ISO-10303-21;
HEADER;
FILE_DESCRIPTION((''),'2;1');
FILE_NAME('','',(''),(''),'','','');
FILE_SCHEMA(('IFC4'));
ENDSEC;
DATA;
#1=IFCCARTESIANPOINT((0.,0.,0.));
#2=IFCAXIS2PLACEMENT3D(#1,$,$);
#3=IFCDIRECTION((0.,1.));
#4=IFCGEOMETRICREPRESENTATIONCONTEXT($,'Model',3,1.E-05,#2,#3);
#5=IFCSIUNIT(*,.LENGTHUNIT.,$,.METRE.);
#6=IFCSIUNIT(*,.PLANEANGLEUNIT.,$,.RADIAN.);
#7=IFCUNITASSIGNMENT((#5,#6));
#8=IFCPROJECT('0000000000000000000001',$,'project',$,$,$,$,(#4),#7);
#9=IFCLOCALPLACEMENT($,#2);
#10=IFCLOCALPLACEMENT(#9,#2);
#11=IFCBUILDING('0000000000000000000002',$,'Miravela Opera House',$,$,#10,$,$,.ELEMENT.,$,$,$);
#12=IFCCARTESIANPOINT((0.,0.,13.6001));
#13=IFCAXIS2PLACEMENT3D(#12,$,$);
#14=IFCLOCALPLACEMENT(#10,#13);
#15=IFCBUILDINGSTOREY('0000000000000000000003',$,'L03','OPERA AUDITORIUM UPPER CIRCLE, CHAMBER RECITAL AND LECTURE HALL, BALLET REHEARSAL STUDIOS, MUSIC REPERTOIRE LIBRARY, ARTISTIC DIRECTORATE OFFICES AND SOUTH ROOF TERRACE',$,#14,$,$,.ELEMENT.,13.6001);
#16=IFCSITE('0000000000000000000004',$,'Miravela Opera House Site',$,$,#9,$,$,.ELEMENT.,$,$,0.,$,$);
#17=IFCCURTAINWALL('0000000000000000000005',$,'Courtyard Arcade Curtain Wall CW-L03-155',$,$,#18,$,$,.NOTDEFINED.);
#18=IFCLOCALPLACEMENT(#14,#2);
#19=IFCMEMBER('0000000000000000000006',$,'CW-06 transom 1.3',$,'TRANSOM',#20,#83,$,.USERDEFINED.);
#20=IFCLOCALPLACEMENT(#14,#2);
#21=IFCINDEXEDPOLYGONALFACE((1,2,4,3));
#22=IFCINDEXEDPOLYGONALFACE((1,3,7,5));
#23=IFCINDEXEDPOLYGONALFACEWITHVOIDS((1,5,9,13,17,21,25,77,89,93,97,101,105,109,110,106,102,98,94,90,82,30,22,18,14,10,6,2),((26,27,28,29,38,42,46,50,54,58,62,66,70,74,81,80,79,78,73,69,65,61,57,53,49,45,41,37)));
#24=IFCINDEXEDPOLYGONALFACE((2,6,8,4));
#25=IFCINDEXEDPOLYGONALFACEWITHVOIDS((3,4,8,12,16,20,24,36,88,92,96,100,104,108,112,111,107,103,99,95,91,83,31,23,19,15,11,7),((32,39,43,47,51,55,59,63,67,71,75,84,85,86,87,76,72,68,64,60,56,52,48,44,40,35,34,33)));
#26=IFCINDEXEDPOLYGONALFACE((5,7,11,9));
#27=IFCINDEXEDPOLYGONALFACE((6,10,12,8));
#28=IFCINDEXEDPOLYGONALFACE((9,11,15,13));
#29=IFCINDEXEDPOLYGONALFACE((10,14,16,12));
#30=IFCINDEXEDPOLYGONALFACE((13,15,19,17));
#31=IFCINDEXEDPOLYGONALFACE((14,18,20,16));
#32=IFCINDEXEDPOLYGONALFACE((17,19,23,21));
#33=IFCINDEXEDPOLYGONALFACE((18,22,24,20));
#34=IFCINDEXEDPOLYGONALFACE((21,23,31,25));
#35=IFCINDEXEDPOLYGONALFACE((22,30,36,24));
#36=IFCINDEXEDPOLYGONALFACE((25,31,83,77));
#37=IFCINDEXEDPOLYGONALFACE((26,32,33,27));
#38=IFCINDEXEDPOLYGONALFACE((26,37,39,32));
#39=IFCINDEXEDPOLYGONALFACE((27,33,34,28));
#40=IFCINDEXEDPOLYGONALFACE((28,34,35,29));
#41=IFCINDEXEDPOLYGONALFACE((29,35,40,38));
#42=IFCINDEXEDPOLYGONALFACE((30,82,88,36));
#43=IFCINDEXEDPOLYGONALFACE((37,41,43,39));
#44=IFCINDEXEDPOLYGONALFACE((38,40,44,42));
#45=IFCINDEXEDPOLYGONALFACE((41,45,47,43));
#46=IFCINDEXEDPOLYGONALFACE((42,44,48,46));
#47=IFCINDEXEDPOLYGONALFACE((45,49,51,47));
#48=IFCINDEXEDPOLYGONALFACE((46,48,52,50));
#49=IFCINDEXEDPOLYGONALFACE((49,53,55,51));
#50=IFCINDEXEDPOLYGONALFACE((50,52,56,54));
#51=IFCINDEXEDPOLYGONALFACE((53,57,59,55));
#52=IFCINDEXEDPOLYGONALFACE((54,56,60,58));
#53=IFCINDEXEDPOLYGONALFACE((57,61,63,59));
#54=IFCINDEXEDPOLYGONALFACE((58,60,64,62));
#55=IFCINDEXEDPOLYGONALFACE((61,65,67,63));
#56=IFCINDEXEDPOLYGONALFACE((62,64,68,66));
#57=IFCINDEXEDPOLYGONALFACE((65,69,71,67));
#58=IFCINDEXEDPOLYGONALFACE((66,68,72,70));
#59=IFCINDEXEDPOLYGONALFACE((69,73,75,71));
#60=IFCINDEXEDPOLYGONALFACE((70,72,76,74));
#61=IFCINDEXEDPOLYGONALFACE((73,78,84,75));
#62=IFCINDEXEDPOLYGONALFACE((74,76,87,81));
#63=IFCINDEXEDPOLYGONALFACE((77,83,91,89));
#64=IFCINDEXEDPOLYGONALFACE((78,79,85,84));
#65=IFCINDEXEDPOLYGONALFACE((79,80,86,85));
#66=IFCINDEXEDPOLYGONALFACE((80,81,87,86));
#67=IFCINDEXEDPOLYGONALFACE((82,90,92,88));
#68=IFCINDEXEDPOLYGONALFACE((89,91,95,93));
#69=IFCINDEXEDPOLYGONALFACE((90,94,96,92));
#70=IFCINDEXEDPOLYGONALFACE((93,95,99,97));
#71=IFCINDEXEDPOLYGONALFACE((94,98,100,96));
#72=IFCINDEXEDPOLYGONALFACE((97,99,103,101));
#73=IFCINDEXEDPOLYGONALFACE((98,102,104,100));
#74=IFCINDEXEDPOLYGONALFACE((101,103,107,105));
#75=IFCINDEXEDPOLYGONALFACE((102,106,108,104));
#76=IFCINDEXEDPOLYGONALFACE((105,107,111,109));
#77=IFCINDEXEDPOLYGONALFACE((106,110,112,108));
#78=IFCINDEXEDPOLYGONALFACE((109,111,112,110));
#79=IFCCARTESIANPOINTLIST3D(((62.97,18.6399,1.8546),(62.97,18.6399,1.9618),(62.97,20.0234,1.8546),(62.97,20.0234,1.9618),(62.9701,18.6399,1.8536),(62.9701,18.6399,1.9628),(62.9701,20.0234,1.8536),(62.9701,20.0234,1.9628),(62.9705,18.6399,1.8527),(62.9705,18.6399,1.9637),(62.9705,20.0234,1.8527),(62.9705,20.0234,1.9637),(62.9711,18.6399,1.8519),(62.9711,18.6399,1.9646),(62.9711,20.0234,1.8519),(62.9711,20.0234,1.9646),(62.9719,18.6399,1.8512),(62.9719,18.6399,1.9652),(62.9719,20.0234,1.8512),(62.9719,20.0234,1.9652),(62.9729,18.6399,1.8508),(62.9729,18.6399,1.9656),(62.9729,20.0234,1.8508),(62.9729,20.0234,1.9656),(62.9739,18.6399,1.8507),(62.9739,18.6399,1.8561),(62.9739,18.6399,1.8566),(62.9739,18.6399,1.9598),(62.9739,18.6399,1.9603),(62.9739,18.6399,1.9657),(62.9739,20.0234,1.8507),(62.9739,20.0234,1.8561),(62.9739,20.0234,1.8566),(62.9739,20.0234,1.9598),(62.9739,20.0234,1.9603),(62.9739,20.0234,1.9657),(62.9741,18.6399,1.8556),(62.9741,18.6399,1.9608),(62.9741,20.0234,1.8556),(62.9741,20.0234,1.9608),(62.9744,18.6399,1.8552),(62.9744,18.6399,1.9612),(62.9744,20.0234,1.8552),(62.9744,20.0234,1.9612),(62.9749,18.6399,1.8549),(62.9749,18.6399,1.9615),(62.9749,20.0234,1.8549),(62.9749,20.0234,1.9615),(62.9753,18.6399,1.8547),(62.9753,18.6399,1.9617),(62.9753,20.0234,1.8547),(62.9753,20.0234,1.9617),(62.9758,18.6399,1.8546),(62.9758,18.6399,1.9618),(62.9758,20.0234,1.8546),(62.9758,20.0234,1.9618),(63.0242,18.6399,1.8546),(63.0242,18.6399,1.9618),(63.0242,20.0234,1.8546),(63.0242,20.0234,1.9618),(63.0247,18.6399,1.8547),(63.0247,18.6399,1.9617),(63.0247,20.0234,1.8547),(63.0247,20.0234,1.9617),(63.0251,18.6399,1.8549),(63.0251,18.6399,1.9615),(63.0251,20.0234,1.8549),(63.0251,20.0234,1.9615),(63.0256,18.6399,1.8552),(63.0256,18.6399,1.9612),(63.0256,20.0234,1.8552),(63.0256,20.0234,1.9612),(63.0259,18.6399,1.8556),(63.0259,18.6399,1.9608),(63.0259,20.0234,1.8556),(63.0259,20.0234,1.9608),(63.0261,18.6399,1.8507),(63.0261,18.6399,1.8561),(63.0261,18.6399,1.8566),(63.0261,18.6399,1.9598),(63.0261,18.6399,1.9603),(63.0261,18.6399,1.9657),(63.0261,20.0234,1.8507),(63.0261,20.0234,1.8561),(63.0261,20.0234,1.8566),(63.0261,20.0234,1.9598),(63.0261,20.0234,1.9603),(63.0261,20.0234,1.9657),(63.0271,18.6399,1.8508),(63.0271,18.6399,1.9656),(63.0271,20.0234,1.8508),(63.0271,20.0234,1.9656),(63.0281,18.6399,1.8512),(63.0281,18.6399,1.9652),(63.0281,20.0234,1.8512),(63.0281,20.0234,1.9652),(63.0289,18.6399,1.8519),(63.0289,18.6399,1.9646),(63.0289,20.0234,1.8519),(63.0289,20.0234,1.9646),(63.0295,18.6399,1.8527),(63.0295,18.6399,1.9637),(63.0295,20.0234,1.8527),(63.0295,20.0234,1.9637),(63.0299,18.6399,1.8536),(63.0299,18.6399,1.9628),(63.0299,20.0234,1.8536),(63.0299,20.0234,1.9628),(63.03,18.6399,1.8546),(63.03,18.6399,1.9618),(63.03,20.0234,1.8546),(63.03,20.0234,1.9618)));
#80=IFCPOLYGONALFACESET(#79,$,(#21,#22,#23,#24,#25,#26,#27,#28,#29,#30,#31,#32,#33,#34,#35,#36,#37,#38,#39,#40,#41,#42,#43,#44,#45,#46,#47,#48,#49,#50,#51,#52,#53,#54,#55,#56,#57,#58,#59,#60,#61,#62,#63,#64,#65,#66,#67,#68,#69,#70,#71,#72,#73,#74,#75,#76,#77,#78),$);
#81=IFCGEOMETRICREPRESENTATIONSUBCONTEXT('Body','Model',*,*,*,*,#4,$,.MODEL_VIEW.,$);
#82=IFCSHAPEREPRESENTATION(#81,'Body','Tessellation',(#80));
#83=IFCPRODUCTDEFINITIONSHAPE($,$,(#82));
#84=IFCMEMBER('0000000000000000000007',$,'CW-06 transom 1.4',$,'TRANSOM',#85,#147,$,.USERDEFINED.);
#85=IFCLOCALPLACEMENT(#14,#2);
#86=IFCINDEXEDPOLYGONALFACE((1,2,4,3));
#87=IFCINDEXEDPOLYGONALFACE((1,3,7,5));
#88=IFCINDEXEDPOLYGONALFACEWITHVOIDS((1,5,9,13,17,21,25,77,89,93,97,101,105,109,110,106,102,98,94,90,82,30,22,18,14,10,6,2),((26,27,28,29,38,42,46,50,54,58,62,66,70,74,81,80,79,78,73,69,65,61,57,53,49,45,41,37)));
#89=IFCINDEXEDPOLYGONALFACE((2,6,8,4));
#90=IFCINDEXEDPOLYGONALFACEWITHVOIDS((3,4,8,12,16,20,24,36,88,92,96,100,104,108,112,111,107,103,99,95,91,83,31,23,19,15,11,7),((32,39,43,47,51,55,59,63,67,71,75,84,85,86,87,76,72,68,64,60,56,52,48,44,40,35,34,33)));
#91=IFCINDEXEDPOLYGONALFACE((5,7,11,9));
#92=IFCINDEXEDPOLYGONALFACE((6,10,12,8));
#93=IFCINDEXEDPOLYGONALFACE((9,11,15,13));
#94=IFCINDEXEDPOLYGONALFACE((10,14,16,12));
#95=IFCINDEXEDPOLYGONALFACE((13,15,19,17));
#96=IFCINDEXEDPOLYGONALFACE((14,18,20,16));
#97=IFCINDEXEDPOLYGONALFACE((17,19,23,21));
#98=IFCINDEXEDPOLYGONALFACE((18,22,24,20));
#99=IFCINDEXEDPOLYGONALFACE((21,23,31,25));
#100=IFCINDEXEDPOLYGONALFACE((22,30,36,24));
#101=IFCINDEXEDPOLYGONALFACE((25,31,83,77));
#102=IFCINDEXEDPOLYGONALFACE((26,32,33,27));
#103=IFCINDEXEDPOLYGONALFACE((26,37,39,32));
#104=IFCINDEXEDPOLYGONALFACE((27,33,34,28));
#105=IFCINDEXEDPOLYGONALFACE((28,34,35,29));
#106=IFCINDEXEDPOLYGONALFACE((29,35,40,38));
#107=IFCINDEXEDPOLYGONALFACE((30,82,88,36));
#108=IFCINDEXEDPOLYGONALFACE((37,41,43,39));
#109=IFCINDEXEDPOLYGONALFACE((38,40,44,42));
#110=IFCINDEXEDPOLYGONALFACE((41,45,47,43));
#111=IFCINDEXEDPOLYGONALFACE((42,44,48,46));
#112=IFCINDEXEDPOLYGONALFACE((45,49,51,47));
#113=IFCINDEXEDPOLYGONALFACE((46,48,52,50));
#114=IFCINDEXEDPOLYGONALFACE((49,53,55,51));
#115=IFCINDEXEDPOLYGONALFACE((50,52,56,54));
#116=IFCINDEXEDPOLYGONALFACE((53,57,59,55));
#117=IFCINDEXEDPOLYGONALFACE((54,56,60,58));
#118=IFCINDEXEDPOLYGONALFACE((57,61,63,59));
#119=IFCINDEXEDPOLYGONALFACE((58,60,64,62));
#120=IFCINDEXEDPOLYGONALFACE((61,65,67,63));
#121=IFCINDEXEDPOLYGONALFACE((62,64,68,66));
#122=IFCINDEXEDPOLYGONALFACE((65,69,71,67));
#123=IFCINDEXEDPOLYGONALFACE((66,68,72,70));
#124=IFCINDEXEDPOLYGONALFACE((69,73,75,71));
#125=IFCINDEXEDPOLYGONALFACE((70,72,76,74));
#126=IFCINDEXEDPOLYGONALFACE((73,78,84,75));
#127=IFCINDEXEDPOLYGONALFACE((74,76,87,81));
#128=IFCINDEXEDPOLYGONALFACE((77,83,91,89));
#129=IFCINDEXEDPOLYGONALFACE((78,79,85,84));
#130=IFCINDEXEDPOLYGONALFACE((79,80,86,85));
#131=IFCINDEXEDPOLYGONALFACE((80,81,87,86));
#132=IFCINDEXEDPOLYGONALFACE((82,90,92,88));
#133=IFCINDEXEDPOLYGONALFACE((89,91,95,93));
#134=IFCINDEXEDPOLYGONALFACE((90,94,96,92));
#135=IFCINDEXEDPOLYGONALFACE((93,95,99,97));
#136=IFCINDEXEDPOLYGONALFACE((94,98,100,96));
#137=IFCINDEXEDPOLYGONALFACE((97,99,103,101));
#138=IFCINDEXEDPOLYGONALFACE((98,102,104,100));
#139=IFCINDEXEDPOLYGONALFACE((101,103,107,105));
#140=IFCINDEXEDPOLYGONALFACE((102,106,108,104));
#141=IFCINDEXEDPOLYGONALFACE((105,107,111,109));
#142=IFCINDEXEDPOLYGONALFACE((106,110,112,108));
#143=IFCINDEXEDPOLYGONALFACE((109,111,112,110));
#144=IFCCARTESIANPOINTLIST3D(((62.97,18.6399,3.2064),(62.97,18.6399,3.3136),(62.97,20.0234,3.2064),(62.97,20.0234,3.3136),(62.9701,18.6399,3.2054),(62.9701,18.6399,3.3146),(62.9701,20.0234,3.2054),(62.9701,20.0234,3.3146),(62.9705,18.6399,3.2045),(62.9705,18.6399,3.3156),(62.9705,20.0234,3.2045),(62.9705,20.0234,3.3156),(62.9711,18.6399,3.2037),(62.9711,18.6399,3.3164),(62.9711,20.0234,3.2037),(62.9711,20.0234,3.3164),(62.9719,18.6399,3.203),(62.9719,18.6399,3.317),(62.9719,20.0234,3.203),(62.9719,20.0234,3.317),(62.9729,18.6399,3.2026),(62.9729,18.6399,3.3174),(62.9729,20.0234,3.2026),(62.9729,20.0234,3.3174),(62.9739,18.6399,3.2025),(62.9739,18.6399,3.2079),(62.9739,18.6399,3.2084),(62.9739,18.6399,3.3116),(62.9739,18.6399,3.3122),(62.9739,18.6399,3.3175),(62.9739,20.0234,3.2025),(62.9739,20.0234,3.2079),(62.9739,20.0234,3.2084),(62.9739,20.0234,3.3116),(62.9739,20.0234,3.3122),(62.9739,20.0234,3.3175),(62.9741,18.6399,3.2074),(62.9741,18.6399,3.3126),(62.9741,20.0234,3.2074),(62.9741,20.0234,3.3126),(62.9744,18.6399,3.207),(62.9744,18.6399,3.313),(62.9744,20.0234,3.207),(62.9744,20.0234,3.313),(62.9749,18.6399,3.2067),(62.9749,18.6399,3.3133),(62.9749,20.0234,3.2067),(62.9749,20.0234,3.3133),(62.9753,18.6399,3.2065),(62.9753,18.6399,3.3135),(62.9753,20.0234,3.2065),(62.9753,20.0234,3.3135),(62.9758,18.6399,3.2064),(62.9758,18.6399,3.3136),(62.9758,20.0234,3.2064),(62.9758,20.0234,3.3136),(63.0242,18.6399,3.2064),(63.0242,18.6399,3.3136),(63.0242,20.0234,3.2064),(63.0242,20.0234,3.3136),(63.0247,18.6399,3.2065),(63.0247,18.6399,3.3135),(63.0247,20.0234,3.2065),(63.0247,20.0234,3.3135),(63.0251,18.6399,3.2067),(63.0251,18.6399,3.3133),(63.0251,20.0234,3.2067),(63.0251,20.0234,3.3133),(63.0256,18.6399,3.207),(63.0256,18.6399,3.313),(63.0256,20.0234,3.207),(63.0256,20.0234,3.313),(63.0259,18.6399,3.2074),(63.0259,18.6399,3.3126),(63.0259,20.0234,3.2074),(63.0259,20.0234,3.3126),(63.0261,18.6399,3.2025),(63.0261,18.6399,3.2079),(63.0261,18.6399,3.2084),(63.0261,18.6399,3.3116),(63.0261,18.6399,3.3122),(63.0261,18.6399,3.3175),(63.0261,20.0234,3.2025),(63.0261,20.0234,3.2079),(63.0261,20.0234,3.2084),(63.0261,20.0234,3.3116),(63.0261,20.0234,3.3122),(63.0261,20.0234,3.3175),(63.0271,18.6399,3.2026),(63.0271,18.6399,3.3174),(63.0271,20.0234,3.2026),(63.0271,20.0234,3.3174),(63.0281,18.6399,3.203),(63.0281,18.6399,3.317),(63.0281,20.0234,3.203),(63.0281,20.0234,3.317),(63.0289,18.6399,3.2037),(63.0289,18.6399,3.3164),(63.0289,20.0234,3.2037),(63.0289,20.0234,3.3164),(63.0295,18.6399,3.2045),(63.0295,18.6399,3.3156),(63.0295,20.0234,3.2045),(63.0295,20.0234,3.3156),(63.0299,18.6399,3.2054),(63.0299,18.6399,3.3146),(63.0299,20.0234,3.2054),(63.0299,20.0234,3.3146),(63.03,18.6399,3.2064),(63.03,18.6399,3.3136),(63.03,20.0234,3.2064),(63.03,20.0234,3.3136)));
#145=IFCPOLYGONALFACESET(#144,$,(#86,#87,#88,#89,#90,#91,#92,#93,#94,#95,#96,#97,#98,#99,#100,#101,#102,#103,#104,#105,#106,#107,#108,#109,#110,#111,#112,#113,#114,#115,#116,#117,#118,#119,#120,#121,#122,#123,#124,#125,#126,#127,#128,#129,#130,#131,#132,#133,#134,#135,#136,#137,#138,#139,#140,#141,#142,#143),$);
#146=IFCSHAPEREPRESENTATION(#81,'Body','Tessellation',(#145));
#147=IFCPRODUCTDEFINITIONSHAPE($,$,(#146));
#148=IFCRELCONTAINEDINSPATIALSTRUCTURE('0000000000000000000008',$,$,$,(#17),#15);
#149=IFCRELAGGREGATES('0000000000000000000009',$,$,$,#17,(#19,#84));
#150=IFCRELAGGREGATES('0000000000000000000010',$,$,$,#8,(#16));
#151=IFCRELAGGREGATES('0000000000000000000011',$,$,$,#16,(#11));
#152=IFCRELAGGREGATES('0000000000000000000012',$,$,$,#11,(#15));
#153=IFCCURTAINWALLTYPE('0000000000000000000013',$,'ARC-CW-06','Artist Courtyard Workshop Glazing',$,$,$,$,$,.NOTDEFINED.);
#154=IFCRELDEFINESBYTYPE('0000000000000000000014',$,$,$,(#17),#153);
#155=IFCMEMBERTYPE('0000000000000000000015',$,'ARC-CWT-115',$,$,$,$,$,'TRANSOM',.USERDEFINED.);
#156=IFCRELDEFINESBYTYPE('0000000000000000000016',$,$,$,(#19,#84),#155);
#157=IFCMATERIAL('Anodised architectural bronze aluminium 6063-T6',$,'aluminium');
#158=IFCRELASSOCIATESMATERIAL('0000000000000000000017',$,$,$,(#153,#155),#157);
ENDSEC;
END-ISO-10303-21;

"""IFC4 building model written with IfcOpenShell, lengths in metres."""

from ifc_helpers import new_model, si_unit, direction, frame, origin, origin_2d, place, context, subcontext, project, spatial, hollow_rectangle, extrude, material, material_profile, profile_set, type_object, element, aggregate, save


model = new_model("IFC4")

# Units and contexts
model_context = context("Model", 3, precision=1e-05, world=origin(), true_north=direction((0.0, 1.0)))
body_context = subcontext(model_context, "Body", "Model", "MODEL_VIEW")
ifc_project = project(units=[si_unit("LENGTHUNIT", "METRE"), si_unit("PLANEANGLEUNIT", "RADIAN")], contexts=[model_context])

# Site, building, storey
site_placement = place(None, origin())
site = spatial("IfcSite", under=ifc_project, at=site_placement, Name="Miravela Opera House Site", CompositionType="ELEMENT", RefElevation=0.0)
building_placement = place(site_placement, origin())
building = spatial("IfcBuilding", under=site, at=building_placement, Name="Miravela Opera House", CompositionType="ELEMENT")
storey_placement = place(building_placement, frame((0.0, 0.0, 13.6001)))
storey = spatial("IfcBuildingStorey", under=building, at=storey_placement, Name="L03", Description="OPERA AUDITORIUM UPPER CIRCLE, CHAMBER RECITAL AND LECTURE HALL, BALLET REHEARSAL STUDIOS, MUSIC REPERTOIRE LIBRARY, ARTISTIC DIRECTORATE OFFICES AND SOUTH ROOF TERRACE", CompositionType="ELEMENT", Elevation=13.6001)

# Curtain wall, members
ifc_material_1 = material(Name="Anodised architectural bronze aluminium 6063-T6", Category="aluminium")
curtain_wall_type = type_object("IfcCurtainWallType", Name="ARC-CW-06", Description="Artist Courtyard Workshop Glazing", PredefinedType="NOTDEFINED", material=ifc_material_1)
curtain_wall_placement = place(storey_placement, origin())
curtain_wall = element("IfcCurtainWall", 1, at=curtain_wall_placement, inside=storey, type_object=curtain_wall_type, Name="Courtyard Arcade Curtain Wall CW-L03-155", PredefinedType="NOTDEFINED")
ifc_material_profile_1 = material_profile(ifc_material_1, hollow_rectangle(XDim=0.0601, YDim=0.115, WallThickness=0.0039, InnerFilletRadius=0.002, OuterFilletRadius=0.0039, at=origin_2d()), Name="CWT-60X115")
ifc_profile_set_1 = profile_set([ifc_material_profile_1])
member_type_1 = type_object("IfcMemberType", Name="ARC-CWT-115", ElementType="TRANSOM", PredefinedType="USERDEFINED", material=ifc_profile_set_1)
member_1_placement = place(storey_placement, frame((63.0, 18.6399, 1.9082), z_axis=(0.0, 1.0, 0.0), x_axis=(-1.0, 0.0, 0.0)))
member_1 = element("IfcMember", 2, at=member_1_placement, type_object=member_type_1, Name="CW-06 transom 1.3", ObjectType="TRANSOM", PredefinedType="USERDEFINED", context=body_context, shape_type="SweptSolid", body=[
    extrude(hollow_rectangle(XDim=0.0601, YDim=0.115, WallThickness=0.0039, InnerFilletRadius=0.002, OuterFilletRadius=0.0039, at=origin_2d()), origin(), (0.0, 0.0, 1.0), 1.3835),
])
member_2_placement = place(storey_placement, frame((63.0, 18.6399, 3.26), z_axis=(0.0, 1.0, 0.0), x_axis=(-1.0, 0.0, 0.0)))
member_2 = element("IfcMember", 3, at=member_2_placement, type_object=member_type_1, Name="CW-06 transom 1.4", ObjectType="TRANSOM", PredefinedType="USERDEFINED", context=body_context, shape_type="SweptSolid", body=[
    extrude(hollow_rectangle(XDim=0.0601, YDim=0.115, WallThickness=0.0039, InnerFilletRadius=0.002, OuterFilletRadius=0.0039, at=origin_2d()), origin(), (0.0, 0.0, 1.0), 1.3835),
])

aggregate(curtain_wall, [member_1, member_2])

save(model, "model.ifc")
